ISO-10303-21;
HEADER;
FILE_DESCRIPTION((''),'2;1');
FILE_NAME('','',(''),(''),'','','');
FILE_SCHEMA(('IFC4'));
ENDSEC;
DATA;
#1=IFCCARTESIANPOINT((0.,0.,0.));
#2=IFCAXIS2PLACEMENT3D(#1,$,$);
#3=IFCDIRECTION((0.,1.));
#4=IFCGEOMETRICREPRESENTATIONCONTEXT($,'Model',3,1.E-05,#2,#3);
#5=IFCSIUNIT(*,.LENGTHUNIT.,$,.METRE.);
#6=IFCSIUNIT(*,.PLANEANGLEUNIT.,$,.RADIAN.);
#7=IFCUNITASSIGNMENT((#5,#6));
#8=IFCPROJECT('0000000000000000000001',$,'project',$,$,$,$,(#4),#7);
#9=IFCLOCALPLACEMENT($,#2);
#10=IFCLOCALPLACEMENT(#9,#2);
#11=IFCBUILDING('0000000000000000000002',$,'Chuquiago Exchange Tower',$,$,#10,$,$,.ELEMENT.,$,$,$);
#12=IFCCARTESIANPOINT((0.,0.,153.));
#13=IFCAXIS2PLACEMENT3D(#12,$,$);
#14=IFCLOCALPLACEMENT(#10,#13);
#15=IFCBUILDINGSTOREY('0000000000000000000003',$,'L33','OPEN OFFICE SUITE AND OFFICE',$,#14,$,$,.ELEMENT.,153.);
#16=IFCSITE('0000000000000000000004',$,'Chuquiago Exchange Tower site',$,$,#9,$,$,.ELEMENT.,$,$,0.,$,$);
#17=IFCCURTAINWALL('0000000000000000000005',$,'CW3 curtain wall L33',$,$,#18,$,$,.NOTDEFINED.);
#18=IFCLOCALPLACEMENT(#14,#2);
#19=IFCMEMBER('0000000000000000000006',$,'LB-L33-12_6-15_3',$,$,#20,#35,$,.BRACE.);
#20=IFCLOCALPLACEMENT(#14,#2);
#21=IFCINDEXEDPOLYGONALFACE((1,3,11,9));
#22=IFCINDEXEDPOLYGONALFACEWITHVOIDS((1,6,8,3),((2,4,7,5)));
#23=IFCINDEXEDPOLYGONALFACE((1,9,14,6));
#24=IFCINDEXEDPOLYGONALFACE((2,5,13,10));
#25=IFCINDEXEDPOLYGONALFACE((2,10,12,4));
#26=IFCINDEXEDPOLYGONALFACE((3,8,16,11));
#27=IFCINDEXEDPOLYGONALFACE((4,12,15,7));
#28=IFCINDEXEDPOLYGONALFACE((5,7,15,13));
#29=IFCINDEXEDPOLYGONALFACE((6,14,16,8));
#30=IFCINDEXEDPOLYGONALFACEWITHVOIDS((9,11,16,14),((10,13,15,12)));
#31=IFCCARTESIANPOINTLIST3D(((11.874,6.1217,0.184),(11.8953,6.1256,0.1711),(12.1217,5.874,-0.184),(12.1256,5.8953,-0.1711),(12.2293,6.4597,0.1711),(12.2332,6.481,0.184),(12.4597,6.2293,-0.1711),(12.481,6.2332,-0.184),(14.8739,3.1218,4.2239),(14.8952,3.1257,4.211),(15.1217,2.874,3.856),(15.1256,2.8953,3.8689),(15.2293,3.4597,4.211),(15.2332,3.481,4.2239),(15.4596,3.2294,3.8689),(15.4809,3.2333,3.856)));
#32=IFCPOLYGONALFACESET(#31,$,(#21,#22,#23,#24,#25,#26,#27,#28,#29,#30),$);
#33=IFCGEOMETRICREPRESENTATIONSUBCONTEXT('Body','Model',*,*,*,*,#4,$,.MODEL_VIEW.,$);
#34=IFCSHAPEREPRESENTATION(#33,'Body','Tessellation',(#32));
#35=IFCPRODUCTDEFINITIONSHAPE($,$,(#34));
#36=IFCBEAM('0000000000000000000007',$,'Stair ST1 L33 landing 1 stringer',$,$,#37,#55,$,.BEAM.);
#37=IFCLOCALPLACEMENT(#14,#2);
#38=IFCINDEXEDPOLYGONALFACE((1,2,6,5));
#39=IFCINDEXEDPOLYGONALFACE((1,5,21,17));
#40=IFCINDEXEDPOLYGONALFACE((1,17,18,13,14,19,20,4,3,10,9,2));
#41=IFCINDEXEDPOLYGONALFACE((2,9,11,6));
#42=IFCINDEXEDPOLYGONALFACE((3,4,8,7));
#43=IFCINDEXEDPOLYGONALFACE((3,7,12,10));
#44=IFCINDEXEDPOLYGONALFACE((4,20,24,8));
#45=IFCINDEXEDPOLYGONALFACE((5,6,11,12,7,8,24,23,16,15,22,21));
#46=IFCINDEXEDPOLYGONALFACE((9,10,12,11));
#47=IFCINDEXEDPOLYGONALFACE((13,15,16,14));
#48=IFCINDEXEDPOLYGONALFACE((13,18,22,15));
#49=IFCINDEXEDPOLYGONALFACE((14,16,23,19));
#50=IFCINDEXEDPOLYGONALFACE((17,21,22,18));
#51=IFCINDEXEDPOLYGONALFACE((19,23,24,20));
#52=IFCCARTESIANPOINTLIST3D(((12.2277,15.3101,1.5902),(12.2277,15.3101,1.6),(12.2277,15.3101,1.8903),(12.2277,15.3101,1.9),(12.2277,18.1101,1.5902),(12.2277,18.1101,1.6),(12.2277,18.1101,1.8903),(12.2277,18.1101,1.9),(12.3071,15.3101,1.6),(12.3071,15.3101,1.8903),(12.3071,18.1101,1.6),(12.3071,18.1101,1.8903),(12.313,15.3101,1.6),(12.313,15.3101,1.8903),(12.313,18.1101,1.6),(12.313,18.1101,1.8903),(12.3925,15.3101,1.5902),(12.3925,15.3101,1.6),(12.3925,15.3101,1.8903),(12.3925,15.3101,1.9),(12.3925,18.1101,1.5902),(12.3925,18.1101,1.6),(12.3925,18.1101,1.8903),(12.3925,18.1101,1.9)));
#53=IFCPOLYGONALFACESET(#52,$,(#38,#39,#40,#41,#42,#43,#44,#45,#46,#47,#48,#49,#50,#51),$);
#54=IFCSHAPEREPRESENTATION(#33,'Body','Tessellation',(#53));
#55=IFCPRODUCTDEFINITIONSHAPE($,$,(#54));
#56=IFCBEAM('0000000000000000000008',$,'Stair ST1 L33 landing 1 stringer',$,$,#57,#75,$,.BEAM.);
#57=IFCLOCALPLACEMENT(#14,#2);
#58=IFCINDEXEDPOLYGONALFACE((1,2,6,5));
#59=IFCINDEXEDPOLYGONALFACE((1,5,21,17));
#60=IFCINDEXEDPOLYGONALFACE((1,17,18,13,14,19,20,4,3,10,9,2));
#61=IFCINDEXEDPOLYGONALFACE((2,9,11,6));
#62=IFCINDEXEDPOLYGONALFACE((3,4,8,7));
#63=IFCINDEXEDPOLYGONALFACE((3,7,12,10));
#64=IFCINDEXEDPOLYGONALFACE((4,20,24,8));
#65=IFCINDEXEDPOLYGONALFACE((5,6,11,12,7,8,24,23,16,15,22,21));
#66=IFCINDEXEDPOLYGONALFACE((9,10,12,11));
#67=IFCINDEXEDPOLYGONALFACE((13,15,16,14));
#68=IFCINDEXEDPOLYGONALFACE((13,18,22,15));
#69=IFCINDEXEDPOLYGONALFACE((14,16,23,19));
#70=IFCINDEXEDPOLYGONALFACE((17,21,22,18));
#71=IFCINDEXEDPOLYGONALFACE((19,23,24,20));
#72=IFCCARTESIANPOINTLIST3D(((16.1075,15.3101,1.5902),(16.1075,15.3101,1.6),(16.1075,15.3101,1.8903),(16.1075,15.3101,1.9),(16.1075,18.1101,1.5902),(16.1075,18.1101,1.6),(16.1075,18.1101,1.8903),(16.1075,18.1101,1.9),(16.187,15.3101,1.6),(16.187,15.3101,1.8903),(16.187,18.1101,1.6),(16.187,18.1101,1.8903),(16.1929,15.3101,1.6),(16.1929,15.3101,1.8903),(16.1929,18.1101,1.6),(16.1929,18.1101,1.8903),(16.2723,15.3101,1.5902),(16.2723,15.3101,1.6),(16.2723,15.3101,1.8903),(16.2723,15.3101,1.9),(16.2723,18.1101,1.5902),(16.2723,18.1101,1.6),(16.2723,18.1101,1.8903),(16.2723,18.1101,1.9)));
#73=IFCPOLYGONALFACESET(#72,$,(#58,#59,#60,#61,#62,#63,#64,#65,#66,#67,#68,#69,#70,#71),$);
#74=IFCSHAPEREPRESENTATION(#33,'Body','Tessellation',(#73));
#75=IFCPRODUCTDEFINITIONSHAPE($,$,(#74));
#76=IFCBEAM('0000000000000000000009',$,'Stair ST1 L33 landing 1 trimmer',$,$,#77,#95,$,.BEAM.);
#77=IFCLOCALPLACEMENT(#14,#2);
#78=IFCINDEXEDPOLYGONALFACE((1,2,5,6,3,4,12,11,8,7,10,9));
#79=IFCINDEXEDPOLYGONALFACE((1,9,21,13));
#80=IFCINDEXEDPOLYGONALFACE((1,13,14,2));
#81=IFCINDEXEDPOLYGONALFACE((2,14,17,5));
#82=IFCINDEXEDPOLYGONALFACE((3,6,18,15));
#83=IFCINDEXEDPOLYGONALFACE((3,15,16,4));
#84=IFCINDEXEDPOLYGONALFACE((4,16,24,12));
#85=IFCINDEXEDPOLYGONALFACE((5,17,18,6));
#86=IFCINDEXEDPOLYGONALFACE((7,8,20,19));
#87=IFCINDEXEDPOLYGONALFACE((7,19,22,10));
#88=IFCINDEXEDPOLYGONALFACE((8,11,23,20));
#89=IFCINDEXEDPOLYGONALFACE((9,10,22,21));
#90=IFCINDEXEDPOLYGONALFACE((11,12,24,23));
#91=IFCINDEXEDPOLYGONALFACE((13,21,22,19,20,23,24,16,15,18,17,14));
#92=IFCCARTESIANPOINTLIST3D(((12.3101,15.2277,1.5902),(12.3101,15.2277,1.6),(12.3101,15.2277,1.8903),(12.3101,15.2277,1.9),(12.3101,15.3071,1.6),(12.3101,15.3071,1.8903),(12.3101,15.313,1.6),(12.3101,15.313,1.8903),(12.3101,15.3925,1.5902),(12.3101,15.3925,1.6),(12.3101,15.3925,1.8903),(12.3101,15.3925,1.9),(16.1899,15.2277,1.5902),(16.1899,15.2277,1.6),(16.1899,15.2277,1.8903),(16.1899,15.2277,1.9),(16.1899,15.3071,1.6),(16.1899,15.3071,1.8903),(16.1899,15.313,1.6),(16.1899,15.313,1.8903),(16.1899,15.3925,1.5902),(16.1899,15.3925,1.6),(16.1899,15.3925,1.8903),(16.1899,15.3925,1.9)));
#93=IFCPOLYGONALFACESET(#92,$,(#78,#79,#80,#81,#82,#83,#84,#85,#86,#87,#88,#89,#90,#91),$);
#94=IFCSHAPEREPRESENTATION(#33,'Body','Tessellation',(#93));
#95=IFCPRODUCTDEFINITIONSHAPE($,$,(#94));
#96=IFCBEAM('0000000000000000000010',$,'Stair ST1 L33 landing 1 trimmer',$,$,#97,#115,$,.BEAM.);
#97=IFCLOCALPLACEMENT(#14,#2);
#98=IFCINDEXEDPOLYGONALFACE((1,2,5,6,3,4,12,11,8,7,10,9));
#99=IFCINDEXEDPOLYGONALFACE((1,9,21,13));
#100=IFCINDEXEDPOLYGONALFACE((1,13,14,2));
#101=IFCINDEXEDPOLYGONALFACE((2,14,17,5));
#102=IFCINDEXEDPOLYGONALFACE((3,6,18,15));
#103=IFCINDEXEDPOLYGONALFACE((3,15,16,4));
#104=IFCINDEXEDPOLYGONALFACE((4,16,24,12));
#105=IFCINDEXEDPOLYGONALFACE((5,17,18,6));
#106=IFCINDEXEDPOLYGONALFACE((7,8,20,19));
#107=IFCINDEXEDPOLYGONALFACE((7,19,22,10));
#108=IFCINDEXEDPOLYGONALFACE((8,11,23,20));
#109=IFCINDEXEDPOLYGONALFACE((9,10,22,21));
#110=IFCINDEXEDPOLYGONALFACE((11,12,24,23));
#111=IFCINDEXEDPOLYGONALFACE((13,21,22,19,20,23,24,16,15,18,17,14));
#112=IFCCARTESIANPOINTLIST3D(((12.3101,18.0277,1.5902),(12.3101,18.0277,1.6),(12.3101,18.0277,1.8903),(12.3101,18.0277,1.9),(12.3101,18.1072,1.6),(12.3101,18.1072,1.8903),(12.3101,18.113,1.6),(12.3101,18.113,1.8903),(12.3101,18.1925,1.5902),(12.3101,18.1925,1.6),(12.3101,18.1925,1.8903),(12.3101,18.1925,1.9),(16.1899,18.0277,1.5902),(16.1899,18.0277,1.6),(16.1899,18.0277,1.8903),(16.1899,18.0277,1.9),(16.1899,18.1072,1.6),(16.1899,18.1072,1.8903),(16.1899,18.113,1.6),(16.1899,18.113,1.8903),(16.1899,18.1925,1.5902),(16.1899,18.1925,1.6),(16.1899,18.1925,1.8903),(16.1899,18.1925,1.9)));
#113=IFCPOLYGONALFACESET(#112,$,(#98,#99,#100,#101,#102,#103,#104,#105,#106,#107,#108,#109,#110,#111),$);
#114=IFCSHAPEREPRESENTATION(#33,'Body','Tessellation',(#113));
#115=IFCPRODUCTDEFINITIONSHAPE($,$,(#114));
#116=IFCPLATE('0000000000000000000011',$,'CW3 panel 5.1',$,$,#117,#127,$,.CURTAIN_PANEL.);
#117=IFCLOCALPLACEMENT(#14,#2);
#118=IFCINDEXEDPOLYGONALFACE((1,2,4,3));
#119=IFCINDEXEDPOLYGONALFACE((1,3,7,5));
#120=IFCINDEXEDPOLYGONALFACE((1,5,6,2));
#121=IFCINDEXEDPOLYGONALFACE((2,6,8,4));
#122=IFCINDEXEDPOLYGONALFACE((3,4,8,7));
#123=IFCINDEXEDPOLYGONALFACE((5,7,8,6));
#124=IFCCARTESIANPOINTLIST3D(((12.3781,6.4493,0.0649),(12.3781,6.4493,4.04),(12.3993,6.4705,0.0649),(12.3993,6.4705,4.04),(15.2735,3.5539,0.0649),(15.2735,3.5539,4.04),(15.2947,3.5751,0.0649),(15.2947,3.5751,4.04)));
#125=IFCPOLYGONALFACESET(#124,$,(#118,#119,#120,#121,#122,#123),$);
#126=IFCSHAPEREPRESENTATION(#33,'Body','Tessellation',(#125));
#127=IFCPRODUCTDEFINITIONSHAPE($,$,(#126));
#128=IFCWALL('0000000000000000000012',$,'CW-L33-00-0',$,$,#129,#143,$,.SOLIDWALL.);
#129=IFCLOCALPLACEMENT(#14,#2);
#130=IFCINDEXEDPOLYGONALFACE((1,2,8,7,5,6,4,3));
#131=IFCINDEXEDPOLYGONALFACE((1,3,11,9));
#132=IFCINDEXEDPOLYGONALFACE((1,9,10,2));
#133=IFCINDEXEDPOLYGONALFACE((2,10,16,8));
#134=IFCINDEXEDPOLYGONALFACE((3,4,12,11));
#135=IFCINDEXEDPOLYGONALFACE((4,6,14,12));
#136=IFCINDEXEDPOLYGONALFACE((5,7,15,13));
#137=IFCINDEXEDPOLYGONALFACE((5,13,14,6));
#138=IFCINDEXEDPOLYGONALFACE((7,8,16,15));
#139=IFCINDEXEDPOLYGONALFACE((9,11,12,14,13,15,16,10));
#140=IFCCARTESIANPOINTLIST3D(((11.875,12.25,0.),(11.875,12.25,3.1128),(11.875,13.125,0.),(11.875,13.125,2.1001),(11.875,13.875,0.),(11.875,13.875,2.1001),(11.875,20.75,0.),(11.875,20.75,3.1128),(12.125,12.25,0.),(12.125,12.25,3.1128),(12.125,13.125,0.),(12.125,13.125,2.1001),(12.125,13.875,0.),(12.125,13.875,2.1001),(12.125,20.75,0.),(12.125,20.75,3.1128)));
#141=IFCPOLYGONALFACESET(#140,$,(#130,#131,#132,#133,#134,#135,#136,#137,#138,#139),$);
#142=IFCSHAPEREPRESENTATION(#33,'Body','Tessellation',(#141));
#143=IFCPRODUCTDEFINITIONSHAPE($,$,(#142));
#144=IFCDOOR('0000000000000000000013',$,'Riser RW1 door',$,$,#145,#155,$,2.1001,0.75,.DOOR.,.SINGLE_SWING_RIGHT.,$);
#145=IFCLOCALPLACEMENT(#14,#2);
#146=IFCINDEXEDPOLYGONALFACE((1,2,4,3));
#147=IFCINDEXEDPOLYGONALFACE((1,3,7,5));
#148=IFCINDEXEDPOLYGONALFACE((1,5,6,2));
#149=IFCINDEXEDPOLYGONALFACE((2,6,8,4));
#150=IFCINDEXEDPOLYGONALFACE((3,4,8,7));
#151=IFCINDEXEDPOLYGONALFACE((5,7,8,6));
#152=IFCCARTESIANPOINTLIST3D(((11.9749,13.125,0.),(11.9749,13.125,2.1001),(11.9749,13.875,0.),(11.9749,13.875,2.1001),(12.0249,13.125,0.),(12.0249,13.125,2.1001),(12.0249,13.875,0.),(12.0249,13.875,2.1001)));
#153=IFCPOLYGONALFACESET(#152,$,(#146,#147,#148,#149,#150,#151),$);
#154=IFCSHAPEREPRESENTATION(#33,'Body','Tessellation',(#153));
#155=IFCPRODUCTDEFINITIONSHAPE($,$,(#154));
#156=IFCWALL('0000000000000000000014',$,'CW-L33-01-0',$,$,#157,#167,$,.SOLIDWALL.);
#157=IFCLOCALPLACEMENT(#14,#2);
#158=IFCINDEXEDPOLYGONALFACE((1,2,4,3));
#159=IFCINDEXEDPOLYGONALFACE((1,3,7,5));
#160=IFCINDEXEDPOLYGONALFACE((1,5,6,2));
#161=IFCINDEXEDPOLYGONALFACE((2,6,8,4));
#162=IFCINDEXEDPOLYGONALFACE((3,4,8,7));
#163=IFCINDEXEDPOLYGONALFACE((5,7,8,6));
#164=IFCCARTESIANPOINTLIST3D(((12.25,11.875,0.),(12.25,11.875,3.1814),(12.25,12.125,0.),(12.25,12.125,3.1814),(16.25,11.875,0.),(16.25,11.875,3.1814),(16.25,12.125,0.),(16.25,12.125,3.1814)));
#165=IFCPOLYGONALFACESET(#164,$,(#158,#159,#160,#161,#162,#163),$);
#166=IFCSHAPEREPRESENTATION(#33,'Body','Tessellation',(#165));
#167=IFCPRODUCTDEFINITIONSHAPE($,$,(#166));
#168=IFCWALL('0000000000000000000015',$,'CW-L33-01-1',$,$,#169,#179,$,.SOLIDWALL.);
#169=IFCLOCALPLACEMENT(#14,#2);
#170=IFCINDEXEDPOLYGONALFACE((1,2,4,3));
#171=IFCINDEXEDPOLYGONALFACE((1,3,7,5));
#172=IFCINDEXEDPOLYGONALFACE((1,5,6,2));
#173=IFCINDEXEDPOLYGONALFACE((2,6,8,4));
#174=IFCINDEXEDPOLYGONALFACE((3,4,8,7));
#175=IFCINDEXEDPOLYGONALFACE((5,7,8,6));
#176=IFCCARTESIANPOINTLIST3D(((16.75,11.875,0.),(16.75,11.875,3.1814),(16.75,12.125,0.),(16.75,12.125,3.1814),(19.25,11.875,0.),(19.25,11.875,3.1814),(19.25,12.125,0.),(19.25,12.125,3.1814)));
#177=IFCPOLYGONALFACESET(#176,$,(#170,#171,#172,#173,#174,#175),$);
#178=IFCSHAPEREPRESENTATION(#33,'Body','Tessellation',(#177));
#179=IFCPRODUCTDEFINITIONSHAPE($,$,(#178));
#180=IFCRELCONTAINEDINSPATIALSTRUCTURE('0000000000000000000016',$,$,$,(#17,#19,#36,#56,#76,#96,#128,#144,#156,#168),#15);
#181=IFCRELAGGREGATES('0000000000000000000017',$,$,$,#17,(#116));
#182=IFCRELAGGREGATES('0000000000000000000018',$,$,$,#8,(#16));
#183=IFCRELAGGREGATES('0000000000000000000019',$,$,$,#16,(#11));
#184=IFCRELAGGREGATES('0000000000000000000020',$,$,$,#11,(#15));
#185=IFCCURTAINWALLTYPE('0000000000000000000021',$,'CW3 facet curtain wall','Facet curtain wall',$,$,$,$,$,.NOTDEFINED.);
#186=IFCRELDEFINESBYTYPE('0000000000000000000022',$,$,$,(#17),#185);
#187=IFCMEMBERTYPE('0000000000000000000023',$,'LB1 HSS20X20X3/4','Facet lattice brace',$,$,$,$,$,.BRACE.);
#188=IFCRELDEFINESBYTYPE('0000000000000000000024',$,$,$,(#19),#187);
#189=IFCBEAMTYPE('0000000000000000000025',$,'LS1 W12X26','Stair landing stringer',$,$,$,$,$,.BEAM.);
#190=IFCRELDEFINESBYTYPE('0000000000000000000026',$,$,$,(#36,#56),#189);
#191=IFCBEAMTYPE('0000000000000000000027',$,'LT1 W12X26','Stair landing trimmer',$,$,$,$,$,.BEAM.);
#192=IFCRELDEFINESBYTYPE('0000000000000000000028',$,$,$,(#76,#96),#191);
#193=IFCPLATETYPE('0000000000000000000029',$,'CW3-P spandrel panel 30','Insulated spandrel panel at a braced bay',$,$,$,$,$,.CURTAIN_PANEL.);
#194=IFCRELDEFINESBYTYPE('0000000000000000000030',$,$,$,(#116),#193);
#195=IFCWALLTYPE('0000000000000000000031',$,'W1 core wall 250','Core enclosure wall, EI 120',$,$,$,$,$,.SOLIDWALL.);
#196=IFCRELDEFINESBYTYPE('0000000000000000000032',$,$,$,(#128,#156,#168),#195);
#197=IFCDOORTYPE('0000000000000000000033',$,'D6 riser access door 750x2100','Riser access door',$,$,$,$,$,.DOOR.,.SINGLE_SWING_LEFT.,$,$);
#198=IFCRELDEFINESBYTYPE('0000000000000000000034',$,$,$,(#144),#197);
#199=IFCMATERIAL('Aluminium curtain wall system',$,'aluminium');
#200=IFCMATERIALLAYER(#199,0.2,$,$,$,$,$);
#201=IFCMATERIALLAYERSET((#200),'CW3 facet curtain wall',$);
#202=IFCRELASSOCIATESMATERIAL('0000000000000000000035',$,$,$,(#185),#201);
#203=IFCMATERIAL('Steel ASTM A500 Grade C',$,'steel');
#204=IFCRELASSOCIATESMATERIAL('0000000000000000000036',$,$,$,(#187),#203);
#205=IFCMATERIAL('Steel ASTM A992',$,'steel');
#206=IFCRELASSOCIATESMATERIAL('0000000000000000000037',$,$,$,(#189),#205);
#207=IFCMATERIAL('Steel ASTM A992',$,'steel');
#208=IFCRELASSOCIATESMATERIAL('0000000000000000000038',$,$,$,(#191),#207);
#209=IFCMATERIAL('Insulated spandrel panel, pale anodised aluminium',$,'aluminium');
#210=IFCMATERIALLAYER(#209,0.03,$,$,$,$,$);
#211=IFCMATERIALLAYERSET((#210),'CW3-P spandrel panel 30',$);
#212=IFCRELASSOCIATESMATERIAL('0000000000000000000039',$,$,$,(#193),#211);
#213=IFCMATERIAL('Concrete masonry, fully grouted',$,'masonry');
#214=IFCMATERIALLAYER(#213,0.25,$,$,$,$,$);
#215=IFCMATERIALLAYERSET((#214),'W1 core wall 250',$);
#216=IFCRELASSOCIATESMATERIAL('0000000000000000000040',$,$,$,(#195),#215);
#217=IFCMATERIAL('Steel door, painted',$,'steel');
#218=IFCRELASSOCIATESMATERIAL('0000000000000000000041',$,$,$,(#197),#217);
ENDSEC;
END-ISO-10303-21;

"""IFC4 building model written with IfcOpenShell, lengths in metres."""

from ifc_helpers import new_model, si_unit, direction, frame, frame_2d, origin, origin_2d, place, context, subcontext, project, spatial, rectangle, hollow_rectangle, i_section, extrude, material, layer, layer_set, material_profile, profile_set, type_object, element, fill, aggregate, save


model = new_model("IFC4")

# Units and contexts
model_context = context("Model", 3, precision=1e-05, world=origin(), true_north=direction((0.0, 1.0)))
body_context = subcontext(model_context, "Body", "Model", "MODEL_VIEW")
ifc_project = project(units=[si_unit("LENGTHUNIT", "METRE"), si_unit("PLANEANGLEUNIT", "RADIAN")], contexts=[model_context])

# Site, building, storey
site_placement = place(None, origin())
site = spatial("IfcSite", under=ifc_project, at=site_placement, Name="Chuquiago Exchange Tower site", CompositionType="ELEMENT", RefElevation=0.0)
building_placement = place(site_placement, origin())
building = spatial("IfcBuilding", under=site, at=building_placement, Name="Chuquiago Exchange Tower", CompositionType="ELEMENT")
storey_placement = place(building_placement, frame((0.0, 0.0, 153.0)))
storey = spatial("IfcBuildingStorey", under=building, at=storey_placement, Name="L33", Description="OPEN OFFICE SUITE AND OFFICE", CompositionType="ELEMENT", Elevation=153.0)

# Curtain wall
ifc_material_1 = material(Name="Aluminium curtain wall system", Category="aluminium")
ifc_layer_1 = layer(ifc_material_1, 0.2)
ifc_layer_set_1 = layer_set([ifc_layer_1], Name="CW3 facet curtain wall")
curtain_wall_type = type_object("IfcCurtainWallType", Name="CW3 facet curtain wall", Description="Facet curtain wall", PredefinedType="NOTDEFINED", material=ifc_layer_set_1)
curtain_wall_placement = place(storey_placement, origin())
curtain_wall = element("IfcCurtainWall", 1, at=curtain_wall_placement, inside=storey, type_object=curtain_wall_type, Name="CW3 curtain wall L33", PredefinedType="NOTDEFINED")

# Member
ifc_material_2 = material(Name="Steel ASTM A500 Grade C", Category="steel")
ifc_material_profile_1 = material_profile(ifc_material_2, hollow_rectangle(XDim=0.5081, YDim=0.5081, WallThickness=0.0178, at=origin_2d()), Name="HSS20X20X3/4")
ifc_profile_set_1 = profile_set([ifc_material_profile_1], Name="Steel ASTM A500 Grade C")
member_type_1 = type_object("IfcMemberType", Name="LB1 HSS20X20X3/4", Description="Facet lattice brace", PredefinedType="BRACE", material=ifc_profile_set_1)
for number, where, z_axis, x_axis, name in (
    (2, (12.1775, 6.1775, 0.0), (0.512077, -0.512077, 0.689604), (0.707107, 0.707107, 0.0), "LB-L33-12_6-15_3"),
):
    element("IfcMember", number, at=place(storey_placement, frame(where, z_axis=z_axis, x_axis=x_axis)), inside=storey, type_object=member_type_1, Name=name, PredefinedType="BRACE", context=body_context, shape_type="SweptSolid", body=[
        extrude(hollow_rectangle(XDim=0.5081, YDim=0.5081, WallThickness=0.0178, at=origin_2d()), origin(), (0.0, 0.0, 1.0), 5.8584),
    ])

# Beams
ifc_material_3 = material(Name="Steel ASTM A992", Category="steel")
ifc_material_profile_2 = material_profile(ifc_material_3, i_section(OverallWidth=0.1648, OverallDepth=0.3098, WebThickness=0.0059, FlangeThickness=0.0098, at=origin_2d()), Name="W12X26")
ifc_profile_set_2 = profile_set([ifc_material_profile_2], Name="Steel ASTM A992")
beam_type_1 = type_object("IfcBeamType", Name="LS1 W12X26", Description="Stair landing stringer", PredefinedType="BEAM", material=ifc_profile_set_2)
for number, where, z_axis, x_axis, name in (
    (3, (12.3101, 15.3101, 1.7451), (0.0, 1.0, 0.0), (-1.0, 0.0, 0.0), "Stair ST1 L33 landing 1 stringer"),
    (4, (16.1899, 15.3101, 1.7451), (0.0, 1.0, 0.0), (-1.0, 0.0, 0.0), "Stair ST1 L33 landing 1 stringer"),
):
    element("IfcBeam", number, at=place(storey_placement, frame(where, z_axis=z_axis, x_axis=x_axis)), inside=storey, type_object=beam_type_1, Name=name, PredefinedType="BEAM", context=body_context, shape_type="SweptSolid", body=[
        extrude(i_section(OverallWidth=0.1648, OverallDepth=0.3098, WebThickness=0.0059, FlangeThickness=0.0098, at=origin_2d()), origin(), (0.0, 0.0, 1.0), 2.8),
    ])
ifc_material_4 = material(Name="Steel ASTM A992", Category="steel")
ifc_material_profile_3 = material_profile(ifc_material_4, i_section(OverallWidth=0.1648, OverallDepth=0.3098, WebThickness=0.0059, FlangeThickness=0.0098, at=origin_2d()), Name="W12X26")
ifc_profile_set_3 = profile_set([ifc_material_profile_3], Name="Steel ASTM A992")
beam_type_2 = type_object("IfcBeamType", Name="LT1 W12X26", Description="Stair landing trimmer", PredefinedType="BEAM", material=ifc_profile_set_3)
for number, where, z_axis, x_axis, name in (
    (5, (12.3101, 15.3101, 1.7451), (1.0, 0.0, 0.0), (0.0, 1.0, 0.0), "Stair ST1 L33 landing 1 trimmer"),
    (6, (12.3101, 18.1101, 1.7451), (1.0, 0.0, 0.0), (0.0, 1.0, 0.0), "Stair ST1 L33 landing 1 trimmer"),
):
    element("IfcBeam", number, at=place(storey_placement, frame(where, z_axis=z_axis, x_axis=x_axis)), inside=storey, type_object=beam_type_2, Name=name, PredefinedType="BEAM", context=body_context, shape_type="SweptSolid", body=[
        extrude(i_section(OverallWidth=0.1648, OverallDepth=0.3098, WebThickness=0.0059, FlangeThickness=0.0098, at=origin_2d()), origin(), (0.0, 0.0, 1.0), 3.8799),
    ])

# Plate
ifc_material_5 = material(Name="Insulated spandrel panel, pale anodised aluminium", Category="aluminium")
ifc_layer_2 = layer(ifc_material_5, 0.03)
ifc_layer_set_2 = layer_set([ifc_layer_2], Name="CW3-P spandrel panel 30")
plate_type = type_object("IfcPlateType", Name="CW3-P spandrel panel 30", Description="Insulated spandrel panel at a braced bay", PredefinedType="CURTAIN_PANEL", material=ifc_layer_set_2)
plate_placement = place(storey_placement, frame((13.8364, 5.0122, 0.0649), z_axis=(0.0, 0.0, 1.0), x_axis=(0.707107, -0.707107, 0.0)))
plate = element("IfcPlate", 7, at=plate_placement, type_object=plate_type, Name="CW3 panel 5.1", PredefinedType="CURTAIN_PANEL", context=body_context, shape_type="SweptSolid", body=[
    extrude(rectangle(XDim=4.0947, YDim=0.03, at=origin_2d()), origin(), (0.0, 0.0, 1.0), 3.9751),
])
aggregate(curtain_wall, [plate])

# Wall, opening, door
ifc_material_6 = material(Name="Concrete masonry, fully grouted", Category="masonry")
ifc_layer_3 = layer(ifc_material_6, 0.25)
ifc_layer_set_3 = layer_set([ifc_layer_3], Name="W1 core wall 250")
wall_type_1 = type_object("IfcWallType", Name="W1 core wall 250", Description="Core enclosure wall, EI 120", PredefinedType="SOLIDWALL", material=ifc_layer_set_3)
wall_1_placement = place(storey_placement, frame((12.0, 12.25, 0.0), z_axis=(0.0, 0.0, 1.0), x_axis=(0.0, 1.0, 0.0)))
wall_1 = element("IfcWall", 8, at=wall_1_placement, inside=storey, type_object=wall_type_1, Name="CW-L33-00-0", PredefinedType="SOLIDWALL", context=body_context, shape_type="SweptSolid", body=[
    extrude(rectangle(XDim=8.5, YDim=0.25, at=frame_2d((4.25, 0.0))), origin(), (0.0, 0.0, 1.0), 3.1128),
])
opening_placement = place(wall_1_placement, frame((0.875, 0.0, 0.0)))
opening = element("IfcOpeningElement", 9, at=opening_placement, cuts=wall_1, PredefinedType="OPENING", context=body_context, shape_type="SweptSolid", body=[
    extrude(rectangle(XDim=0.75, YDim=2.1001, at=frame_2d((0.375, 1.05))), frame((0.0, 0.135, 0.0), z_axis=(0.0, -1.0, 0.0), x_axis=(1.0, 0.0, 0.0)), (0.0, 0.0, 1.0), 0.27),
])
ifc_material_7 = material(Name="Steel door, painted", Category="steel")
door_type = type_object("IfcDoorType", Name="D6 riser access door 750x2100", Description="Riser access door", OperationType="SINGLE_SWING_LEFT", PredefinedType="DOOR", material=ifc_material_7)
door_placement = place(opening_placement, frame((0.75, 0.0, 0.0), z_axis=(0.0, 0.0, 1.0), x_axis=(-1.0, 0.0, 0.0)))
door = element("IfcDoor", 10, at=door_placement, inside=storey, type_object=door_type, Name="Riser RW1 door", OperationType="SINGLE_SWING_RIGHT", OverallHeight=2.1001, OverallWidth=0.75, PredefinedType="DOOR", context=body_context, shape_type="SweptSolid", body=[
    extrude(rectangle(XDim=0.75, YDim=2.1001, at=frame_2d((0.375, 1.05))), frame((0.0, 0.0249, 0.0), z_axis=(0.0, -1.0, 0.0), x_axis=(1.0, 0.0, 0.0)), (0.0, 0.0, 1.0), 0.05),
])
fill(opening, door)

# Walls
wall_2_placement = place(storey_placement, frame((12.25, 12.0, 0.0), z_axis=(0.0, 0.0, 1.0), x_axis=(1.0, 0.0, 0.0)))
element("IfcWall", 11, at=wall_2_placement, inside=storey, type_object=wall_type_1, Name="CW-L33-01-0", PredefinedType="SOLIDWALL", context=body_context, shape_type="SweptSolid", body=[
    extrude(rectangle(XDim=4.0, YDim=0.25, at=frame_2d((2.0, 0.0))), origin(), (0.0, 0.0, 1.0), 3.1814),
])
wall_3_placement = place(storey_placement, frame((16.75, 12.0, 0.0), z_axis=(0.0, 0.0, 1.0), x_axis=(1.0, 0.0, 0.0)))
element("IfcWall", 12, at=wall_3_placement, inside=storey, type_object=wall_type_1, Name="CW-L33-01-1", PredefinedType="SOLIDWALL", context=body_context, shape_type="SweptSolid", body=[
    extrude(rectangle(XDim=2.5, YDim=0.25, at=frame_2d((1.25, 0.0))), origin(), (0.0, 0.0, 1.0), 3.1814),
])

save(model, "model.ifc")
